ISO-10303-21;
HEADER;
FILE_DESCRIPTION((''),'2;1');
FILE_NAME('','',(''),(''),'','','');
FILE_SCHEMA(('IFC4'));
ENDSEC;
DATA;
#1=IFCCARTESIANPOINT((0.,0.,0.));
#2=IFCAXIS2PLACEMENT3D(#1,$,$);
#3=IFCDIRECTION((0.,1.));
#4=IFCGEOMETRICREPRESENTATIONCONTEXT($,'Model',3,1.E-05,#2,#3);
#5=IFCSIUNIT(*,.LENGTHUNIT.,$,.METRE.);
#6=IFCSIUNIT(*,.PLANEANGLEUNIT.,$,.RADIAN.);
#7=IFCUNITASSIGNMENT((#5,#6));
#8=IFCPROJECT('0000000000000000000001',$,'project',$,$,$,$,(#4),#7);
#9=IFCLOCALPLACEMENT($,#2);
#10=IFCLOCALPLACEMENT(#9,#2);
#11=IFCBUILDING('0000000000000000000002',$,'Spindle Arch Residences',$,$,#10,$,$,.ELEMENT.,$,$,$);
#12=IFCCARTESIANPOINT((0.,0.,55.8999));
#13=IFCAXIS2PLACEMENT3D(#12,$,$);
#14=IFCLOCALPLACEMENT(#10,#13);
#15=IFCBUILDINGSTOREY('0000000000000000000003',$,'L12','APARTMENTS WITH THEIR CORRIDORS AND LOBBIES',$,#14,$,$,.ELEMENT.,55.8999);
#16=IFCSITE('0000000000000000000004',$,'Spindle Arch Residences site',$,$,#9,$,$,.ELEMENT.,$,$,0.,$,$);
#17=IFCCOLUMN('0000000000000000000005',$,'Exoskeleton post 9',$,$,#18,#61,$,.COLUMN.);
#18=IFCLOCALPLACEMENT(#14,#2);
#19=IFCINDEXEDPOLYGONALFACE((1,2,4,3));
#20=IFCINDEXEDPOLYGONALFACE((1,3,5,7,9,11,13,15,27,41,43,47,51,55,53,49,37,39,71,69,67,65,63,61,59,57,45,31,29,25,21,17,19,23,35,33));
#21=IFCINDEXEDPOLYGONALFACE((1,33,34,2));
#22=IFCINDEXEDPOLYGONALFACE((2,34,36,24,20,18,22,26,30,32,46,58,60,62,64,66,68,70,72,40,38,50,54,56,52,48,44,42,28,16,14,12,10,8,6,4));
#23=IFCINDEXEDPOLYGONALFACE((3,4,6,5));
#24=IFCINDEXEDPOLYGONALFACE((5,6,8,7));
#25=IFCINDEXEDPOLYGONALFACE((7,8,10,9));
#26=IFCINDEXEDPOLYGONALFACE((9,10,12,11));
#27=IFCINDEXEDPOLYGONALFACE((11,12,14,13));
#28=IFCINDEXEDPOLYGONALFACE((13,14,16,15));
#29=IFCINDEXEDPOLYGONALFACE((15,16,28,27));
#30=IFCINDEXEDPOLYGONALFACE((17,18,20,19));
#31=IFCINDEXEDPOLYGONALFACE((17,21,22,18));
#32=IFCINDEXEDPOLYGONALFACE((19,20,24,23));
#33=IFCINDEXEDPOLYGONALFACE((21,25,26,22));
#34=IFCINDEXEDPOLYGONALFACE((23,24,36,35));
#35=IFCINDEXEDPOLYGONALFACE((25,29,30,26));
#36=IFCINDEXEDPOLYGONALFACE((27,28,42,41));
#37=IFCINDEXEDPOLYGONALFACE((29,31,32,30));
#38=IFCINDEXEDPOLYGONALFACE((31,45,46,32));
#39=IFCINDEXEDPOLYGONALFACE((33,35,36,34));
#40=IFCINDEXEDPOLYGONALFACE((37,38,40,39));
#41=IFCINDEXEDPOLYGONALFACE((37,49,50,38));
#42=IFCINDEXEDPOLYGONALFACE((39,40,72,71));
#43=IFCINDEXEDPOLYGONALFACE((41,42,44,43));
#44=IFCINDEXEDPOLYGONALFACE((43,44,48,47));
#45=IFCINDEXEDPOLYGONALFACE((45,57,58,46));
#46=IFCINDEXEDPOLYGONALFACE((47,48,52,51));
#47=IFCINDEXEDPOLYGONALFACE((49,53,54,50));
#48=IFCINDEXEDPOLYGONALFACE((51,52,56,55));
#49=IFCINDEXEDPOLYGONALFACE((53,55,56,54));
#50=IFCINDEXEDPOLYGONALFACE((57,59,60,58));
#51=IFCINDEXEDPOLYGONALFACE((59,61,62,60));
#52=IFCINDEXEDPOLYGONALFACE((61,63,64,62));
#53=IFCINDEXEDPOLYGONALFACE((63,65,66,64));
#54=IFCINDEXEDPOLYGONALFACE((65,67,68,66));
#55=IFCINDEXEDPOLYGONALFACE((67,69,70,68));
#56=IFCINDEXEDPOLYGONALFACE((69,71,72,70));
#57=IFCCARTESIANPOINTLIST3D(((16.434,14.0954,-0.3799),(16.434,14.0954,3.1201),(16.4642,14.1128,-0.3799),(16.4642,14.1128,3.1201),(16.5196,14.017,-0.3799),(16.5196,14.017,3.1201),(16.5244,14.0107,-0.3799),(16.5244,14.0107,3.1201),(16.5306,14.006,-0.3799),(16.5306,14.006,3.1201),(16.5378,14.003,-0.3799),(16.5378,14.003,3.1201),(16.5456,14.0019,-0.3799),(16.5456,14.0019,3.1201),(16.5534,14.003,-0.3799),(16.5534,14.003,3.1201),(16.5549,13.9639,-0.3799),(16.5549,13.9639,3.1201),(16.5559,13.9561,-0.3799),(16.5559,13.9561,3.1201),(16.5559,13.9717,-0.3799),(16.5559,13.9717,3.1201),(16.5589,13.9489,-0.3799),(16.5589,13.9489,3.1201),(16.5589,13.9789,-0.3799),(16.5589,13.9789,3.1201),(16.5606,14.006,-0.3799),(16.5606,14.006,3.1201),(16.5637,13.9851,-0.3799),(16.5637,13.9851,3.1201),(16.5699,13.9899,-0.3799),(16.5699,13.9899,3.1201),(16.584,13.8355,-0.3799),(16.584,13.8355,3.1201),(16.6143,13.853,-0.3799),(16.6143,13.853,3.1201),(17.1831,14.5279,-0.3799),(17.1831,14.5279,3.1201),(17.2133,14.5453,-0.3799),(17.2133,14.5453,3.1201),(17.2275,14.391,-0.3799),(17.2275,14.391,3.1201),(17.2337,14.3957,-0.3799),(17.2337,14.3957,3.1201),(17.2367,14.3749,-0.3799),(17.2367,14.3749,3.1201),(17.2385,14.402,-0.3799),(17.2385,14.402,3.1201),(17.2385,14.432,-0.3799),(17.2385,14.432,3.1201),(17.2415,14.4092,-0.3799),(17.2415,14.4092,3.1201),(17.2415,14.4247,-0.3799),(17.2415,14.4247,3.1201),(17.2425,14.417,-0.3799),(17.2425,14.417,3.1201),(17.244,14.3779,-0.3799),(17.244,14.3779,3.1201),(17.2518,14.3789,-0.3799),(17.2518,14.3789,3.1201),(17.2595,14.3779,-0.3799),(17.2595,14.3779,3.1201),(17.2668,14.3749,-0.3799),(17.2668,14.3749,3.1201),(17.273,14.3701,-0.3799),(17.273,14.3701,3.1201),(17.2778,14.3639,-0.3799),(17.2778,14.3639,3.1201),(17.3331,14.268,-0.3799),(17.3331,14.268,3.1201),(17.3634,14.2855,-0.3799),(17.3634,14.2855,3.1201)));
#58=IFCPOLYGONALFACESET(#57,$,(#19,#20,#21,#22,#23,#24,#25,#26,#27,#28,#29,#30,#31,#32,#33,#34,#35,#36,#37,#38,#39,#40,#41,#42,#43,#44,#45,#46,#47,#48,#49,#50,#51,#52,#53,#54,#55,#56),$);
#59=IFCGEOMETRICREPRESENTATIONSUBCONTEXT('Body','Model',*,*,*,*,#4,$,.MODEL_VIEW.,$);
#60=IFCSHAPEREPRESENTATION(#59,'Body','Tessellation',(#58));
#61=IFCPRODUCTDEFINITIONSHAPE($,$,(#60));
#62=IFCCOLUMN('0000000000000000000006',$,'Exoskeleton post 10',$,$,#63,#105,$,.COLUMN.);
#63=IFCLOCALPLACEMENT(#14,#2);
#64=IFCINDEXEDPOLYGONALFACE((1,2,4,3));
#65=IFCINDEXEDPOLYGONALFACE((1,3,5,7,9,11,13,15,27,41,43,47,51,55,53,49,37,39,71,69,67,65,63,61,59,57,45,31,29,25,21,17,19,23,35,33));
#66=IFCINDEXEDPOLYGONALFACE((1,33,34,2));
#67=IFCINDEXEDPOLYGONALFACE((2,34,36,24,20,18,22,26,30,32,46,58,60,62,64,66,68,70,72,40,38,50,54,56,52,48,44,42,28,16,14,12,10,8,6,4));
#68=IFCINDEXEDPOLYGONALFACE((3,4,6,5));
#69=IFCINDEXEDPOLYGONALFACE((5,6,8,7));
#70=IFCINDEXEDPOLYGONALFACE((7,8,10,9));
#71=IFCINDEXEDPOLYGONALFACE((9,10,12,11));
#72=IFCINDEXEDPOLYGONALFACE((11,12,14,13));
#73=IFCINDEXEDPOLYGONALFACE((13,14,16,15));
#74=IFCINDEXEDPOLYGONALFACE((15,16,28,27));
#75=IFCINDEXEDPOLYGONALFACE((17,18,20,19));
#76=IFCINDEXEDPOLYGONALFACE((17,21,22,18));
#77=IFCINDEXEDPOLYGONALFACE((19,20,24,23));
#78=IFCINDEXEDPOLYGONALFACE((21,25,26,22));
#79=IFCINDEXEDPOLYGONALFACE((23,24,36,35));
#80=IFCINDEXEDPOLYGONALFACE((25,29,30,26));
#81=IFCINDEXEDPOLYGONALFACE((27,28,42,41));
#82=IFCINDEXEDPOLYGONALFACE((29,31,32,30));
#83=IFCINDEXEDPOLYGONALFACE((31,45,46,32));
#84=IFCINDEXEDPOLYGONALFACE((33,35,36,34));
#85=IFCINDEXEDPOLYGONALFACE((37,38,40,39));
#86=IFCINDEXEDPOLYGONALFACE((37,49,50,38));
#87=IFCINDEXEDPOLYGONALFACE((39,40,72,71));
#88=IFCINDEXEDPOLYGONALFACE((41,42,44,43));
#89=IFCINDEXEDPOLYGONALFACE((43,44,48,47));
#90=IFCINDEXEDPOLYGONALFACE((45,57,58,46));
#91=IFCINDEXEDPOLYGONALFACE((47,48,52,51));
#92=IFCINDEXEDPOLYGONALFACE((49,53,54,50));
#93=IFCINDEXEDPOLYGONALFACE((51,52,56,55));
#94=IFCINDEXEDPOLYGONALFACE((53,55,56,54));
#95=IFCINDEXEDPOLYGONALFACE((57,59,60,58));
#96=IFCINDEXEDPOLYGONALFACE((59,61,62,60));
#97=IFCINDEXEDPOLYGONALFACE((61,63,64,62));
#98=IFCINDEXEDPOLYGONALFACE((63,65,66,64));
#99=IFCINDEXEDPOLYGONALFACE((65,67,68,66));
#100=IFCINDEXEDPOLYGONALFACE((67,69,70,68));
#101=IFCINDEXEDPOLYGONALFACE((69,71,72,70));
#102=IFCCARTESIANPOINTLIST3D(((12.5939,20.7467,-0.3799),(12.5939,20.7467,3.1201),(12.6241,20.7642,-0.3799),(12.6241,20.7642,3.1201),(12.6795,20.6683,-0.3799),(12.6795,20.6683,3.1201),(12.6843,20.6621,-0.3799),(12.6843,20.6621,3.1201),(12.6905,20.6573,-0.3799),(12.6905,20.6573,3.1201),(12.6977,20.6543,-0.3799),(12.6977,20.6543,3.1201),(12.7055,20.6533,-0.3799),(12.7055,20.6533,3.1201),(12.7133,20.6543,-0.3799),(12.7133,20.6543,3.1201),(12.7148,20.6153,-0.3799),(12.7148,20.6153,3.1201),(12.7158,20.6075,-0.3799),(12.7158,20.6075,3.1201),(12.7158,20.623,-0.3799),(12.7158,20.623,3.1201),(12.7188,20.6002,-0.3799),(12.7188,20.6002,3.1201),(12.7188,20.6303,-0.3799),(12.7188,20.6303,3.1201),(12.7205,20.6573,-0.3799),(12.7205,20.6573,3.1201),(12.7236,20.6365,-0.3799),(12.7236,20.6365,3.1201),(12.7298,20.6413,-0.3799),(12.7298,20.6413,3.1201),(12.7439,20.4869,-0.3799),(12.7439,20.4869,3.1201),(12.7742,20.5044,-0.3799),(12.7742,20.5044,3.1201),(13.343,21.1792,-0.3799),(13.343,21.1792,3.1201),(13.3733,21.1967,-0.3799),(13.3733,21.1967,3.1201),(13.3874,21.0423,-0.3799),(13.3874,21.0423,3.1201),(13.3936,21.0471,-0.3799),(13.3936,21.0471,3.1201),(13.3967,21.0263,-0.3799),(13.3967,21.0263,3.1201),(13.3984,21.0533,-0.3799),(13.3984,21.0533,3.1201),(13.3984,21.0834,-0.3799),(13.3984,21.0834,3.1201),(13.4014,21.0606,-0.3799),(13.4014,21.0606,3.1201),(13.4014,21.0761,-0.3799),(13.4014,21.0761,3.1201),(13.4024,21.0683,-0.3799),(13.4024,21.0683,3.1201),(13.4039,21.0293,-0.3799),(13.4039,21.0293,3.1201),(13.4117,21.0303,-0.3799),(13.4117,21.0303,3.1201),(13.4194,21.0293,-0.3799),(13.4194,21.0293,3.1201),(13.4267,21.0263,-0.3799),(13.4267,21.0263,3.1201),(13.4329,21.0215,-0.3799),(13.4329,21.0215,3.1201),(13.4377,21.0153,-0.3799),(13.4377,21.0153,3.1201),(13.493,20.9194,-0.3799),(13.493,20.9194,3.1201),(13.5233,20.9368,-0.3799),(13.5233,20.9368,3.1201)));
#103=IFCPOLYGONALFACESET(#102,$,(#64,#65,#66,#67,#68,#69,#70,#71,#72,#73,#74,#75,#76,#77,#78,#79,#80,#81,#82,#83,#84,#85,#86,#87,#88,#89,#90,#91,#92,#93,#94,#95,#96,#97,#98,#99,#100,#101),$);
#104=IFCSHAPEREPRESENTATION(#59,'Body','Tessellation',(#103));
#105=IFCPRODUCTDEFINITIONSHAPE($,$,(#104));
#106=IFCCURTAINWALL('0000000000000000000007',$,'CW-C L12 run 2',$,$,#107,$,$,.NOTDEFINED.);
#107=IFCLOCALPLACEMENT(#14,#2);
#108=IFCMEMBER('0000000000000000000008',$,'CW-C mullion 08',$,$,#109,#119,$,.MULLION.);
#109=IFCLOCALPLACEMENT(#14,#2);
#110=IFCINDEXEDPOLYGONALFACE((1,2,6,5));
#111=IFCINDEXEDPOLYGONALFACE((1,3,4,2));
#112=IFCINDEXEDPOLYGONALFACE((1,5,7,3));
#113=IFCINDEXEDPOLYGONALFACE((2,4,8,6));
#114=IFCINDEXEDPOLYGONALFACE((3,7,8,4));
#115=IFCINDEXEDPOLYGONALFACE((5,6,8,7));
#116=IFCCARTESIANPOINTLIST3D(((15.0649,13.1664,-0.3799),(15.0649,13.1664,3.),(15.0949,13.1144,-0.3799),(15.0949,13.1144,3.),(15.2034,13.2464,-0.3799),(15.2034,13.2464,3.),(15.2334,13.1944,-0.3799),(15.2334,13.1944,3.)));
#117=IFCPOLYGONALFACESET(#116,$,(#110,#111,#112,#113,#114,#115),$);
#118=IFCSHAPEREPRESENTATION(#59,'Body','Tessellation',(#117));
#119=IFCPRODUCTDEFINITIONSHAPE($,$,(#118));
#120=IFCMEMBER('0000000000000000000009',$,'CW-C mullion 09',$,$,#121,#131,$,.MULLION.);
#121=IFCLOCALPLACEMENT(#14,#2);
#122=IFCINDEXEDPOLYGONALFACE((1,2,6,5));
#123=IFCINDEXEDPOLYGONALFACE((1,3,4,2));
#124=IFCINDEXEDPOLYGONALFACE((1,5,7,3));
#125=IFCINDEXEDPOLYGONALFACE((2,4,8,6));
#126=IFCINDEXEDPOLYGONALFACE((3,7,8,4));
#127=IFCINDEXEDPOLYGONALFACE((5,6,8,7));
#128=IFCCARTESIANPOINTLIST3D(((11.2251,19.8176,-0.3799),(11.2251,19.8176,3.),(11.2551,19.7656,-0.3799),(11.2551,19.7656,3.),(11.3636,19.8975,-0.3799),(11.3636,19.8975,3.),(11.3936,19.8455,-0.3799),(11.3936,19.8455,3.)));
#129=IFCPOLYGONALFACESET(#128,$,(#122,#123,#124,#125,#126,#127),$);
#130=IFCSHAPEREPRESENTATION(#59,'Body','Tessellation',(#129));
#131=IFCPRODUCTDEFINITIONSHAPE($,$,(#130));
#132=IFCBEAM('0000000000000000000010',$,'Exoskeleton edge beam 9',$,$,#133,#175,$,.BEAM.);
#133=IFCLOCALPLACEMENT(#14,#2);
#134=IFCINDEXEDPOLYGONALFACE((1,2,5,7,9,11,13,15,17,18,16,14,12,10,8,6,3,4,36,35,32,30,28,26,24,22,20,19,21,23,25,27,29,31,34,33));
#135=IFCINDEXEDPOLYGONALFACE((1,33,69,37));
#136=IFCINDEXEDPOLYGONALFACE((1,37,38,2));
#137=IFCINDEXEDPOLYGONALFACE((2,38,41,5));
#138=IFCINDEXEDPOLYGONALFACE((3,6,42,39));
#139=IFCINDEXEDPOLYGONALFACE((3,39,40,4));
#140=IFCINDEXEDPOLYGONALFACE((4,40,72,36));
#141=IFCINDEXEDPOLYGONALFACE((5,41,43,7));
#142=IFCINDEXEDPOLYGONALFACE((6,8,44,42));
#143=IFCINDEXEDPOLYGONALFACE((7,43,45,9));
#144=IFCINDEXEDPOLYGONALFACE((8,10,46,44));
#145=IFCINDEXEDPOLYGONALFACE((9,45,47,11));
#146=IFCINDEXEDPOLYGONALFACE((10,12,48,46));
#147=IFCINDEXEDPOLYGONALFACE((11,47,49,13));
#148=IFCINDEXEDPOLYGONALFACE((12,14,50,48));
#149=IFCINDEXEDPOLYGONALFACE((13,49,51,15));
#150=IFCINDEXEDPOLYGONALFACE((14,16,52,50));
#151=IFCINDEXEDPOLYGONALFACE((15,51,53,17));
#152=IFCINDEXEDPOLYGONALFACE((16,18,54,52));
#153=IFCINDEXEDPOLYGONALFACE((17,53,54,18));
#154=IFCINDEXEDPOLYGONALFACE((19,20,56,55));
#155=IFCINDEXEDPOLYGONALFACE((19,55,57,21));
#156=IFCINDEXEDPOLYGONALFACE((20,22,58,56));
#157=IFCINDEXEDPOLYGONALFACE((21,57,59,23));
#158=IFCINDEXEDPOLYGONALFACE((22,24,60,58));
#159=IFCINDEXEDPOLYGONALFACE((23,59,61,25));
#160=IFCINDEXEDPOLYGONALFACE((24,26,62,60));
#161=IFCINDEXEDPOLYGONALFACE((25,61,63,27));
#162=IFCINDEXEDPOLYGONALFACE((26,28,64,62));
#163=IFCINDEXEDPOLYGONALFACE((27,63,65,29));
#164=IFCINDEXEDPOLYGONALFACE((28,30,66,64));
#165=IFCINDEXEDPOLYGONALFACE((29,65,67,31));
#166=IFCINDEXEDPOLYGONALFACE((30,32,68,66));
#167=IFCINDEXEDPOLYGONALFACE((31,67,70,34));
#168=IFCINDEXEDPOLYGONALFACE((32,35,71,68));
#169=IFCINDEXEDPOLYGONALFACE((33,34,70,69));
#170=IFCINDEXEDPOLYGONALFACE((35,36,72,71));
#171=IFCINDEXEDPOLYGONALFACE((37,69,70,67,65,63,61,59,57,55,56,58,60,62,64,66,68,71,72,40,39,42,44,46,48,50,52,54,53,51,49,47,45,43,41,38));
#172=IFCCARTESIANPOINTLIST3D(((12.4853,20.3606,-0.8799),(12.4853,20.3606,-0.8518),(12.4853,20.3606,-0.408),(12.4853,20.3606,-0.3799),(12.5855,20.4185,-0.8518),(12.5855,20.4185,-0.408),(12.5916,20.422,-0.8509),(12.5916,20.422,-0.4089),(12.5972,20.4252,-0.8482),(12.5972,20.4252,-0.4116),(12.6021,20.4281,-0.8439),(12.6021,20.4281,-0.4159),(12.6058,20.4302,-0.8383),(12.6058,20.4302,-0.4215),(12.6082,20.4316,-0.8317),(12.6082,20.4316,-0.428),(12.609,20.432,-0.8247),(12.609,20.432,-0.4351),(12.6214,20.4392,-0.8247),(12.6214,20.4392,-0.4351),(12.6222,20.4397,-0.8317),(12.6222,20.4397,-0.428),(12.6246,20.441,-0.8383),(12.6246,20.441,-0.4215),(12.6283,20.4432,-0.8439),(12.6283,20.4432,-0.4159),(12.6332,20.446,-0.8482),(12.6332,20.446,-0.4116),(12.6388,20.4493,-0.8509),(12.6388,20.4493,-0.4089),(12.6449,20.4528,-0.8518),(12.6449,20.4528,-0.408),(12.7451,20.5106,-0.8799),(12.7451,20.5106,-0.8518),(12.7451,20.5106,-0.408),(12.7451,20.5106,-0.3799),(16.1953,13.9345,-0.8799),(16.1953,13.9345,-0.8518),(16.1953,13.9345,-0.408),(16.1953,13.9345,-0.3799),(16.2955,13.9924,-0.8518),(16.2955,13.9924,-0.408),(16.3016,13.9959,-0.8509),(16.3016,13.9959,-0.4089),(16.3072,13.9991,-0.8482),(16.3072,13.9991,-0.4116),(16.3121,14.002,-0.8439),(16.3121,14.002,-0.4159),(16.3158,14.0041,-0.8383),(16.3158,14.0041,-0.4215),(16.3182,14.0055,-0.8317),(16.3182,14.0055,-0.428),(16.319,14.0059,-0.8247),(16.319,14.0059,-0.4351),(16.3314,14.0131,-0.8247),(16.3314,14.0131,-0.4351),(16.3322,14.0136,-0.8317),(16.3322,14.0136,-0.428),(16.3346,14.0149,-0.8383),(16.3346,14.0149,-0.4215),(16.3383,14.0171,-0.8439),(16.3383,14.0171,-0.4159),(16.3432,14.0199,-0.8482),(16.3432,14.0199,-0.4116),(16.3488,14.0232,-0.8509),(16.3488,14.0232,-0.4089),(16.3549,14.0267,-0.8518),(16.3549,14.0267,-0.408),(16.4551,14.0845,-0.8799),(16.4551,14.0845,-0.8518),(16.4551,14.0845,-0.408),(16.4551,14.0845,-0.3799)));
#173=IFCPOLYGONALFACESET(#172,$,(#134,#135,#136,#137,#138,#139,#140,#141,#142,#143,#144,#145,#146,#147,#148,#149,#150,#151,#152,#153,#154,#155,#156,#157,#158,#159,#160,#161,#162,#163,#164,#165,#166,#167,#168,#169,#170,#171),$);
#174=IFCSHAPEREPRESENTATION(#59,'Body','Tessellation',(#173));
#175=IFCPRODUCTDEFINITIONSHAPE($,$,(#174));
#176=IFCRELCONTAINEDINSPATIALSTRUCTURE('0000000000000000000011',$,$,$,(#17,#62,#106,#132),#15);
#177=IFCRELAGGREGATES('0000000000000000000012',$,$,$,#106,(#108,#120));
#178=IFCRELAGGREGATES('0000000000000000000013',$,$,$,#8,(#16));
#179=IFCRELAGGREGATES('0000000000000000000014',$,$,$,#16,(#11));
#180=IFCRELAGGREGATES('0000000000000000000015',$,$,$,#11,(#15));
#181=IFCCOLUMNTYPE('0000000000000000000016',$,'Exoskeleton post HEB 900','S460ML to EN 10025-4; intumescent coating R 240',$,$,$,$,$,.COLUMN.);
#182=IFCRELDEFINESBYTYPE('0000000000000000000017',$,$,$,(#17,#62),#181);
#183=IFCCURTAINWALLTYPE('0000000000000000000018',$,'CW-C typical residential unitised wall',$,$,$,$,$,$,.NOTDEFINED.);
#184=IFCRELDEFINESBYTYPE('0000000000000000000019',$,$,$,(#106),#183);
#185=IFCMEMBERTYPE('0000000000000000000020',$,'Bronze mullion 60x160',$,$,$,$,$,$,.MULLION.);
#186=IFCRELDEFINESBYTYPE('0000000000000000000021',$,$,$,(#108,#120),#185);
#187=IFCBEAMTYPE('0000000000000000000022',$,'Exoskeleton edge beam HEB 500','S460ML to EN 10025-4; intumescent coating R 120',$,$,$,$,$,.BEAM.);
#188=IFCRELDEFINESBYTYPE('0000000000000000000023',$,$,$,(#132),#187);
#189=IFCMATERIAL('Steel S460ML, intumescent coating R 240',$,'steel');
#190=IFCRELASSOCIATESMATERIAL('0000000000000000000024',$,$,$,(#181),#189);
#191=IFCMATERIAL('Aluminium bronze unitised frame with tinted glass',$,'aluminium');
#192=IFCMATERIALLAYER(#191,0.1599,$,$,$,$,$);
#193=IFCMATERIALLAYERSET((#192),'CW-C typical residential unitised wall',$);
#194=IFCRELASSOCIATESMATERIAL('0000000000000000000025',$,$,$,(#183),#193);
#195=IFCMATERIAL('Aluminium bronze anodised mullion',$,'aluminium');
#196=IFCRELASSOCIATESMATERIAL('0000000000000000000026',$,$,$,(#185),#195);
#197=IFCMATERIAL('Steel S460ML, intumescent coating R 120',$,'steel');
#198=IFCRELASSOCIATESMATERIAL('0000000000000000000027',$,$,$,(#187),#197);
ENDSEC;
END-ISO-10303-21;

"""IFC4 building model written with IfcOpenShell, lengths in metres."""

from ifc_helpers import new_model, si_unit, direction, frame, origin, origin_2d, place, context, subcontext, project, spatial, rectangle, i_section, extrude, material, layer, layer_set, material_profile, profile_set, type_object, element, aggregate, save


model = new_model("IFC4")

# Units and contexts
model_context = context("Model", 3, precision=1e-05, world=origin(), true_north=direction((0.0, 1.0)))
body_context = subcontext(model_context, "Body", "Model", "MODEL_VIEW")
ifc_project = project(units=[si_unit("LENGTHUNIT", "METRE"), si_unit("PLANEANGLEUNIT", "RADIAN")], contexts=[model_context])

# Site, building, storey
site_placement = place(None, origin())
site = spatial("IfcSite", under=ifc_project, at=site_placement, Name="Spindle Arch Residences site", CompositionType="ELEMENT", RefElevation=0.0)
building_placement = place(site_placement, origin())
building = spatial("IfcBuilding", under=site, at=building_placement, Name="Spindle Arch Residences", CompositionType="ELEMENT")
storey_placement = place(building_placement, frame((0.0, 0.0, 55.8999)))
storey = spatial("IfcBuildingStorey", under=building, at=storey_placement, Name="L12", Description="APARTMENTS WITH THEIR CORRIDORS AND LOBBIES", CompositionType="ELEMENT", Elevation=55.8999)

# Columns
ifc_material_1 = material(Name="Steel S460ML, intumescent coating R 240", Category="steel")
ifc_material_profile_1 = material_profile(ifc_material_1, i_section(OverallWidth=0.3, OverallDepth=0.8999, WebThickness=0.0186, FlangeThickness=0.0349, FilletRadius=0.03, at=origin_2d()), Name="HEB 900")
ifc_profile_set_1 = profile_set([ifc_material_profile_1], Name="Steel S460ML, intumescent coating R 240")
column_type = type_object("IfcColumnType", Name="Exoskeleton post HEB 900", Description="S460ML to EN 10025-4; intumescent coating R 240", PredefinedType="COLUMN", material=ifc_profile_set_1)
for number, where, z_axis, x_axis, name in (
    (1, (16.8987, 14.1904, -0.3799), (0.0, 0.0, 1.0), (0.5, -0.866025, 0.0), "Exoskeleton post 9"),
    (2, (13.0586, 20.8418, -0.3799), (0.0, 0.0, 1.0), (0.5, -0.866025, 0.0), "Exoskeleton post 10"),
):
    element("IfcColumn", number, at=place(storey_placement, frame(where, z_axis=z_axis, x_axis=x_axis)), inside=storey, type_object=column_type, Name=name, PredefinedType="COLUMN", context=body_context, shape_type="SweptSolid", body=[
        extrude(i_section(OverallWidth=0.3, OverallDepth=0.8999, WebThickness=0.0186, FlangeThickness=0.0349, FilletRadius=0.03, at=origin_2d()), origin(), (0.0, 0.0, 1.0), 3.5),
    ])

# Curtain wall, members
ifc_material_2 = material(Name="Aluminium bronze unitised frame with tinted glass", Category="aluminium")
ifc_layer_1 = layer(ifc_material_2, 0.1599)
ifc_layer_set_1 = layer_set([ifc_layer_1], Name="CW-C typical residential unitised wall")
curtain_wall_type = type_object("IfcCurtainWallType", Name="CW-C typical residential unitised wall", PredefinedType="NOTDEFINED", material=ifc_layer_set_1)
curtain_wall_placement = place(storey_placement, origin())
curtain_wall = element("IfcCurtainWall", 3, at=curtain_wall_placement, inside=storey, type_object=curtain_wall_type, Name="CW-C L12 run 2", PredefinedType="NOTDEFINED")
ifc_material_3 = material(Name="Aluminium bronze anodised mullion", Category="aluminium")
ifc_material_profile_2 = material_profile(ifc_material_3, rectangle(XDim=0.1599, YDim=0.0601, at=origin_2d()), Name="MU 60x160")
ifc_profile_set_2 = profile_set([ifc_material_profile_2], Name="Aluminium bronze anodised mullion")
member_type = type_object("IfcMemberType", Name="Bronze mullion 60x160", PredefinedType="MULLION", material=ifc_profile_set_2)
member_1_placement = place(storey_placement, frame((15.1492, 13.1804, -0.3799), z_axis=(0.0, 0.0, 1.0), x_axis=(-0.866025, -0.5, 0.0)))
member_1 = element("IfcMember", 4, at=member_1_placement, type_object=member_type, Name="CW-C mullion 08", PredefinedType="MULLION", context=body_context, shape_type="SweptSolid", body=[
    extrude(rectangle(XDim=0.1599, YDim=0.0601, at=origin_2d()), origin(), (0.0, 0.0, 1.0), 3.3799),
])
member_2_placement = place(storey_placement, frame((11.3093, 19.8315, -0.3799), z_axis=(0.0, 0.0, 1.0), x_axis=(-0.866025, -0.5, 0.0)))
member_2 = element("IfcMember", 5, at=member_2_placement, type_object=member_type, Name="CW-C mullion 09", PredefinedType="MULLION", context=body_context, shape_type="SweptSolid", body=[
    extrude(rectangle(XDim=0.1599, YDim=0.0601, at=origin_2d()), origin(), (0.0, 0.0, 1.0), 3.3799),
])

# Beam
ifc_material_4 = material(Name="Steel S460ML, intumescent coating R 120", Category="steel")
ifc_material_profile_3 = material_profile(ifc_material_4, i_section(OverallWidth=0.3, OverallDepth=0.5, WebThickness=0.0144, FlangeThickness=0.0281, FilletRadius=0.0271, at=origin_2d()), Name="HEB 500")
ifc_profile_set_3 = profile_set([ifc_material_profile_3], Name="Steel S460ML, intumescent coating R 120")
beam_type_1 = type_object("IfcBeamType", Name="Exoskeleton edge beam HEB 500", Description="S460ML to EN 10025-4; intumescent coating R 120", PredefinedType="BEAM", material=ifc_profile_set_3)
beam_1_placement = place(storey_placement, frame((16.3252, 14.0095, -0.6299), z_axis=(-0.499989, 0.866032, 0.0), x_axis=(-0.866032, -0.499989, 0.0)))
element("IfcBeam", 6, at=beam_1_placement, inside=storey, type_object=beam_type_1, Name="Exoskeleton edge beam 9", PredefinedType="BEAM", context=body_context, shape_type="SweptSolid", body=[
    extrude(i_section(OverallWidth=0.3, OverallDepth=0.5, WebThickness=0.0144, FlangeThickness=0.0281, FilletRadius=0.0271, at=origin_2d()), origin(), (0.0, 0.0, 1.0), 7.4202),
])

aggregate(curtain_wall, [member_1, member_2])

save(model, "model.ifc")
